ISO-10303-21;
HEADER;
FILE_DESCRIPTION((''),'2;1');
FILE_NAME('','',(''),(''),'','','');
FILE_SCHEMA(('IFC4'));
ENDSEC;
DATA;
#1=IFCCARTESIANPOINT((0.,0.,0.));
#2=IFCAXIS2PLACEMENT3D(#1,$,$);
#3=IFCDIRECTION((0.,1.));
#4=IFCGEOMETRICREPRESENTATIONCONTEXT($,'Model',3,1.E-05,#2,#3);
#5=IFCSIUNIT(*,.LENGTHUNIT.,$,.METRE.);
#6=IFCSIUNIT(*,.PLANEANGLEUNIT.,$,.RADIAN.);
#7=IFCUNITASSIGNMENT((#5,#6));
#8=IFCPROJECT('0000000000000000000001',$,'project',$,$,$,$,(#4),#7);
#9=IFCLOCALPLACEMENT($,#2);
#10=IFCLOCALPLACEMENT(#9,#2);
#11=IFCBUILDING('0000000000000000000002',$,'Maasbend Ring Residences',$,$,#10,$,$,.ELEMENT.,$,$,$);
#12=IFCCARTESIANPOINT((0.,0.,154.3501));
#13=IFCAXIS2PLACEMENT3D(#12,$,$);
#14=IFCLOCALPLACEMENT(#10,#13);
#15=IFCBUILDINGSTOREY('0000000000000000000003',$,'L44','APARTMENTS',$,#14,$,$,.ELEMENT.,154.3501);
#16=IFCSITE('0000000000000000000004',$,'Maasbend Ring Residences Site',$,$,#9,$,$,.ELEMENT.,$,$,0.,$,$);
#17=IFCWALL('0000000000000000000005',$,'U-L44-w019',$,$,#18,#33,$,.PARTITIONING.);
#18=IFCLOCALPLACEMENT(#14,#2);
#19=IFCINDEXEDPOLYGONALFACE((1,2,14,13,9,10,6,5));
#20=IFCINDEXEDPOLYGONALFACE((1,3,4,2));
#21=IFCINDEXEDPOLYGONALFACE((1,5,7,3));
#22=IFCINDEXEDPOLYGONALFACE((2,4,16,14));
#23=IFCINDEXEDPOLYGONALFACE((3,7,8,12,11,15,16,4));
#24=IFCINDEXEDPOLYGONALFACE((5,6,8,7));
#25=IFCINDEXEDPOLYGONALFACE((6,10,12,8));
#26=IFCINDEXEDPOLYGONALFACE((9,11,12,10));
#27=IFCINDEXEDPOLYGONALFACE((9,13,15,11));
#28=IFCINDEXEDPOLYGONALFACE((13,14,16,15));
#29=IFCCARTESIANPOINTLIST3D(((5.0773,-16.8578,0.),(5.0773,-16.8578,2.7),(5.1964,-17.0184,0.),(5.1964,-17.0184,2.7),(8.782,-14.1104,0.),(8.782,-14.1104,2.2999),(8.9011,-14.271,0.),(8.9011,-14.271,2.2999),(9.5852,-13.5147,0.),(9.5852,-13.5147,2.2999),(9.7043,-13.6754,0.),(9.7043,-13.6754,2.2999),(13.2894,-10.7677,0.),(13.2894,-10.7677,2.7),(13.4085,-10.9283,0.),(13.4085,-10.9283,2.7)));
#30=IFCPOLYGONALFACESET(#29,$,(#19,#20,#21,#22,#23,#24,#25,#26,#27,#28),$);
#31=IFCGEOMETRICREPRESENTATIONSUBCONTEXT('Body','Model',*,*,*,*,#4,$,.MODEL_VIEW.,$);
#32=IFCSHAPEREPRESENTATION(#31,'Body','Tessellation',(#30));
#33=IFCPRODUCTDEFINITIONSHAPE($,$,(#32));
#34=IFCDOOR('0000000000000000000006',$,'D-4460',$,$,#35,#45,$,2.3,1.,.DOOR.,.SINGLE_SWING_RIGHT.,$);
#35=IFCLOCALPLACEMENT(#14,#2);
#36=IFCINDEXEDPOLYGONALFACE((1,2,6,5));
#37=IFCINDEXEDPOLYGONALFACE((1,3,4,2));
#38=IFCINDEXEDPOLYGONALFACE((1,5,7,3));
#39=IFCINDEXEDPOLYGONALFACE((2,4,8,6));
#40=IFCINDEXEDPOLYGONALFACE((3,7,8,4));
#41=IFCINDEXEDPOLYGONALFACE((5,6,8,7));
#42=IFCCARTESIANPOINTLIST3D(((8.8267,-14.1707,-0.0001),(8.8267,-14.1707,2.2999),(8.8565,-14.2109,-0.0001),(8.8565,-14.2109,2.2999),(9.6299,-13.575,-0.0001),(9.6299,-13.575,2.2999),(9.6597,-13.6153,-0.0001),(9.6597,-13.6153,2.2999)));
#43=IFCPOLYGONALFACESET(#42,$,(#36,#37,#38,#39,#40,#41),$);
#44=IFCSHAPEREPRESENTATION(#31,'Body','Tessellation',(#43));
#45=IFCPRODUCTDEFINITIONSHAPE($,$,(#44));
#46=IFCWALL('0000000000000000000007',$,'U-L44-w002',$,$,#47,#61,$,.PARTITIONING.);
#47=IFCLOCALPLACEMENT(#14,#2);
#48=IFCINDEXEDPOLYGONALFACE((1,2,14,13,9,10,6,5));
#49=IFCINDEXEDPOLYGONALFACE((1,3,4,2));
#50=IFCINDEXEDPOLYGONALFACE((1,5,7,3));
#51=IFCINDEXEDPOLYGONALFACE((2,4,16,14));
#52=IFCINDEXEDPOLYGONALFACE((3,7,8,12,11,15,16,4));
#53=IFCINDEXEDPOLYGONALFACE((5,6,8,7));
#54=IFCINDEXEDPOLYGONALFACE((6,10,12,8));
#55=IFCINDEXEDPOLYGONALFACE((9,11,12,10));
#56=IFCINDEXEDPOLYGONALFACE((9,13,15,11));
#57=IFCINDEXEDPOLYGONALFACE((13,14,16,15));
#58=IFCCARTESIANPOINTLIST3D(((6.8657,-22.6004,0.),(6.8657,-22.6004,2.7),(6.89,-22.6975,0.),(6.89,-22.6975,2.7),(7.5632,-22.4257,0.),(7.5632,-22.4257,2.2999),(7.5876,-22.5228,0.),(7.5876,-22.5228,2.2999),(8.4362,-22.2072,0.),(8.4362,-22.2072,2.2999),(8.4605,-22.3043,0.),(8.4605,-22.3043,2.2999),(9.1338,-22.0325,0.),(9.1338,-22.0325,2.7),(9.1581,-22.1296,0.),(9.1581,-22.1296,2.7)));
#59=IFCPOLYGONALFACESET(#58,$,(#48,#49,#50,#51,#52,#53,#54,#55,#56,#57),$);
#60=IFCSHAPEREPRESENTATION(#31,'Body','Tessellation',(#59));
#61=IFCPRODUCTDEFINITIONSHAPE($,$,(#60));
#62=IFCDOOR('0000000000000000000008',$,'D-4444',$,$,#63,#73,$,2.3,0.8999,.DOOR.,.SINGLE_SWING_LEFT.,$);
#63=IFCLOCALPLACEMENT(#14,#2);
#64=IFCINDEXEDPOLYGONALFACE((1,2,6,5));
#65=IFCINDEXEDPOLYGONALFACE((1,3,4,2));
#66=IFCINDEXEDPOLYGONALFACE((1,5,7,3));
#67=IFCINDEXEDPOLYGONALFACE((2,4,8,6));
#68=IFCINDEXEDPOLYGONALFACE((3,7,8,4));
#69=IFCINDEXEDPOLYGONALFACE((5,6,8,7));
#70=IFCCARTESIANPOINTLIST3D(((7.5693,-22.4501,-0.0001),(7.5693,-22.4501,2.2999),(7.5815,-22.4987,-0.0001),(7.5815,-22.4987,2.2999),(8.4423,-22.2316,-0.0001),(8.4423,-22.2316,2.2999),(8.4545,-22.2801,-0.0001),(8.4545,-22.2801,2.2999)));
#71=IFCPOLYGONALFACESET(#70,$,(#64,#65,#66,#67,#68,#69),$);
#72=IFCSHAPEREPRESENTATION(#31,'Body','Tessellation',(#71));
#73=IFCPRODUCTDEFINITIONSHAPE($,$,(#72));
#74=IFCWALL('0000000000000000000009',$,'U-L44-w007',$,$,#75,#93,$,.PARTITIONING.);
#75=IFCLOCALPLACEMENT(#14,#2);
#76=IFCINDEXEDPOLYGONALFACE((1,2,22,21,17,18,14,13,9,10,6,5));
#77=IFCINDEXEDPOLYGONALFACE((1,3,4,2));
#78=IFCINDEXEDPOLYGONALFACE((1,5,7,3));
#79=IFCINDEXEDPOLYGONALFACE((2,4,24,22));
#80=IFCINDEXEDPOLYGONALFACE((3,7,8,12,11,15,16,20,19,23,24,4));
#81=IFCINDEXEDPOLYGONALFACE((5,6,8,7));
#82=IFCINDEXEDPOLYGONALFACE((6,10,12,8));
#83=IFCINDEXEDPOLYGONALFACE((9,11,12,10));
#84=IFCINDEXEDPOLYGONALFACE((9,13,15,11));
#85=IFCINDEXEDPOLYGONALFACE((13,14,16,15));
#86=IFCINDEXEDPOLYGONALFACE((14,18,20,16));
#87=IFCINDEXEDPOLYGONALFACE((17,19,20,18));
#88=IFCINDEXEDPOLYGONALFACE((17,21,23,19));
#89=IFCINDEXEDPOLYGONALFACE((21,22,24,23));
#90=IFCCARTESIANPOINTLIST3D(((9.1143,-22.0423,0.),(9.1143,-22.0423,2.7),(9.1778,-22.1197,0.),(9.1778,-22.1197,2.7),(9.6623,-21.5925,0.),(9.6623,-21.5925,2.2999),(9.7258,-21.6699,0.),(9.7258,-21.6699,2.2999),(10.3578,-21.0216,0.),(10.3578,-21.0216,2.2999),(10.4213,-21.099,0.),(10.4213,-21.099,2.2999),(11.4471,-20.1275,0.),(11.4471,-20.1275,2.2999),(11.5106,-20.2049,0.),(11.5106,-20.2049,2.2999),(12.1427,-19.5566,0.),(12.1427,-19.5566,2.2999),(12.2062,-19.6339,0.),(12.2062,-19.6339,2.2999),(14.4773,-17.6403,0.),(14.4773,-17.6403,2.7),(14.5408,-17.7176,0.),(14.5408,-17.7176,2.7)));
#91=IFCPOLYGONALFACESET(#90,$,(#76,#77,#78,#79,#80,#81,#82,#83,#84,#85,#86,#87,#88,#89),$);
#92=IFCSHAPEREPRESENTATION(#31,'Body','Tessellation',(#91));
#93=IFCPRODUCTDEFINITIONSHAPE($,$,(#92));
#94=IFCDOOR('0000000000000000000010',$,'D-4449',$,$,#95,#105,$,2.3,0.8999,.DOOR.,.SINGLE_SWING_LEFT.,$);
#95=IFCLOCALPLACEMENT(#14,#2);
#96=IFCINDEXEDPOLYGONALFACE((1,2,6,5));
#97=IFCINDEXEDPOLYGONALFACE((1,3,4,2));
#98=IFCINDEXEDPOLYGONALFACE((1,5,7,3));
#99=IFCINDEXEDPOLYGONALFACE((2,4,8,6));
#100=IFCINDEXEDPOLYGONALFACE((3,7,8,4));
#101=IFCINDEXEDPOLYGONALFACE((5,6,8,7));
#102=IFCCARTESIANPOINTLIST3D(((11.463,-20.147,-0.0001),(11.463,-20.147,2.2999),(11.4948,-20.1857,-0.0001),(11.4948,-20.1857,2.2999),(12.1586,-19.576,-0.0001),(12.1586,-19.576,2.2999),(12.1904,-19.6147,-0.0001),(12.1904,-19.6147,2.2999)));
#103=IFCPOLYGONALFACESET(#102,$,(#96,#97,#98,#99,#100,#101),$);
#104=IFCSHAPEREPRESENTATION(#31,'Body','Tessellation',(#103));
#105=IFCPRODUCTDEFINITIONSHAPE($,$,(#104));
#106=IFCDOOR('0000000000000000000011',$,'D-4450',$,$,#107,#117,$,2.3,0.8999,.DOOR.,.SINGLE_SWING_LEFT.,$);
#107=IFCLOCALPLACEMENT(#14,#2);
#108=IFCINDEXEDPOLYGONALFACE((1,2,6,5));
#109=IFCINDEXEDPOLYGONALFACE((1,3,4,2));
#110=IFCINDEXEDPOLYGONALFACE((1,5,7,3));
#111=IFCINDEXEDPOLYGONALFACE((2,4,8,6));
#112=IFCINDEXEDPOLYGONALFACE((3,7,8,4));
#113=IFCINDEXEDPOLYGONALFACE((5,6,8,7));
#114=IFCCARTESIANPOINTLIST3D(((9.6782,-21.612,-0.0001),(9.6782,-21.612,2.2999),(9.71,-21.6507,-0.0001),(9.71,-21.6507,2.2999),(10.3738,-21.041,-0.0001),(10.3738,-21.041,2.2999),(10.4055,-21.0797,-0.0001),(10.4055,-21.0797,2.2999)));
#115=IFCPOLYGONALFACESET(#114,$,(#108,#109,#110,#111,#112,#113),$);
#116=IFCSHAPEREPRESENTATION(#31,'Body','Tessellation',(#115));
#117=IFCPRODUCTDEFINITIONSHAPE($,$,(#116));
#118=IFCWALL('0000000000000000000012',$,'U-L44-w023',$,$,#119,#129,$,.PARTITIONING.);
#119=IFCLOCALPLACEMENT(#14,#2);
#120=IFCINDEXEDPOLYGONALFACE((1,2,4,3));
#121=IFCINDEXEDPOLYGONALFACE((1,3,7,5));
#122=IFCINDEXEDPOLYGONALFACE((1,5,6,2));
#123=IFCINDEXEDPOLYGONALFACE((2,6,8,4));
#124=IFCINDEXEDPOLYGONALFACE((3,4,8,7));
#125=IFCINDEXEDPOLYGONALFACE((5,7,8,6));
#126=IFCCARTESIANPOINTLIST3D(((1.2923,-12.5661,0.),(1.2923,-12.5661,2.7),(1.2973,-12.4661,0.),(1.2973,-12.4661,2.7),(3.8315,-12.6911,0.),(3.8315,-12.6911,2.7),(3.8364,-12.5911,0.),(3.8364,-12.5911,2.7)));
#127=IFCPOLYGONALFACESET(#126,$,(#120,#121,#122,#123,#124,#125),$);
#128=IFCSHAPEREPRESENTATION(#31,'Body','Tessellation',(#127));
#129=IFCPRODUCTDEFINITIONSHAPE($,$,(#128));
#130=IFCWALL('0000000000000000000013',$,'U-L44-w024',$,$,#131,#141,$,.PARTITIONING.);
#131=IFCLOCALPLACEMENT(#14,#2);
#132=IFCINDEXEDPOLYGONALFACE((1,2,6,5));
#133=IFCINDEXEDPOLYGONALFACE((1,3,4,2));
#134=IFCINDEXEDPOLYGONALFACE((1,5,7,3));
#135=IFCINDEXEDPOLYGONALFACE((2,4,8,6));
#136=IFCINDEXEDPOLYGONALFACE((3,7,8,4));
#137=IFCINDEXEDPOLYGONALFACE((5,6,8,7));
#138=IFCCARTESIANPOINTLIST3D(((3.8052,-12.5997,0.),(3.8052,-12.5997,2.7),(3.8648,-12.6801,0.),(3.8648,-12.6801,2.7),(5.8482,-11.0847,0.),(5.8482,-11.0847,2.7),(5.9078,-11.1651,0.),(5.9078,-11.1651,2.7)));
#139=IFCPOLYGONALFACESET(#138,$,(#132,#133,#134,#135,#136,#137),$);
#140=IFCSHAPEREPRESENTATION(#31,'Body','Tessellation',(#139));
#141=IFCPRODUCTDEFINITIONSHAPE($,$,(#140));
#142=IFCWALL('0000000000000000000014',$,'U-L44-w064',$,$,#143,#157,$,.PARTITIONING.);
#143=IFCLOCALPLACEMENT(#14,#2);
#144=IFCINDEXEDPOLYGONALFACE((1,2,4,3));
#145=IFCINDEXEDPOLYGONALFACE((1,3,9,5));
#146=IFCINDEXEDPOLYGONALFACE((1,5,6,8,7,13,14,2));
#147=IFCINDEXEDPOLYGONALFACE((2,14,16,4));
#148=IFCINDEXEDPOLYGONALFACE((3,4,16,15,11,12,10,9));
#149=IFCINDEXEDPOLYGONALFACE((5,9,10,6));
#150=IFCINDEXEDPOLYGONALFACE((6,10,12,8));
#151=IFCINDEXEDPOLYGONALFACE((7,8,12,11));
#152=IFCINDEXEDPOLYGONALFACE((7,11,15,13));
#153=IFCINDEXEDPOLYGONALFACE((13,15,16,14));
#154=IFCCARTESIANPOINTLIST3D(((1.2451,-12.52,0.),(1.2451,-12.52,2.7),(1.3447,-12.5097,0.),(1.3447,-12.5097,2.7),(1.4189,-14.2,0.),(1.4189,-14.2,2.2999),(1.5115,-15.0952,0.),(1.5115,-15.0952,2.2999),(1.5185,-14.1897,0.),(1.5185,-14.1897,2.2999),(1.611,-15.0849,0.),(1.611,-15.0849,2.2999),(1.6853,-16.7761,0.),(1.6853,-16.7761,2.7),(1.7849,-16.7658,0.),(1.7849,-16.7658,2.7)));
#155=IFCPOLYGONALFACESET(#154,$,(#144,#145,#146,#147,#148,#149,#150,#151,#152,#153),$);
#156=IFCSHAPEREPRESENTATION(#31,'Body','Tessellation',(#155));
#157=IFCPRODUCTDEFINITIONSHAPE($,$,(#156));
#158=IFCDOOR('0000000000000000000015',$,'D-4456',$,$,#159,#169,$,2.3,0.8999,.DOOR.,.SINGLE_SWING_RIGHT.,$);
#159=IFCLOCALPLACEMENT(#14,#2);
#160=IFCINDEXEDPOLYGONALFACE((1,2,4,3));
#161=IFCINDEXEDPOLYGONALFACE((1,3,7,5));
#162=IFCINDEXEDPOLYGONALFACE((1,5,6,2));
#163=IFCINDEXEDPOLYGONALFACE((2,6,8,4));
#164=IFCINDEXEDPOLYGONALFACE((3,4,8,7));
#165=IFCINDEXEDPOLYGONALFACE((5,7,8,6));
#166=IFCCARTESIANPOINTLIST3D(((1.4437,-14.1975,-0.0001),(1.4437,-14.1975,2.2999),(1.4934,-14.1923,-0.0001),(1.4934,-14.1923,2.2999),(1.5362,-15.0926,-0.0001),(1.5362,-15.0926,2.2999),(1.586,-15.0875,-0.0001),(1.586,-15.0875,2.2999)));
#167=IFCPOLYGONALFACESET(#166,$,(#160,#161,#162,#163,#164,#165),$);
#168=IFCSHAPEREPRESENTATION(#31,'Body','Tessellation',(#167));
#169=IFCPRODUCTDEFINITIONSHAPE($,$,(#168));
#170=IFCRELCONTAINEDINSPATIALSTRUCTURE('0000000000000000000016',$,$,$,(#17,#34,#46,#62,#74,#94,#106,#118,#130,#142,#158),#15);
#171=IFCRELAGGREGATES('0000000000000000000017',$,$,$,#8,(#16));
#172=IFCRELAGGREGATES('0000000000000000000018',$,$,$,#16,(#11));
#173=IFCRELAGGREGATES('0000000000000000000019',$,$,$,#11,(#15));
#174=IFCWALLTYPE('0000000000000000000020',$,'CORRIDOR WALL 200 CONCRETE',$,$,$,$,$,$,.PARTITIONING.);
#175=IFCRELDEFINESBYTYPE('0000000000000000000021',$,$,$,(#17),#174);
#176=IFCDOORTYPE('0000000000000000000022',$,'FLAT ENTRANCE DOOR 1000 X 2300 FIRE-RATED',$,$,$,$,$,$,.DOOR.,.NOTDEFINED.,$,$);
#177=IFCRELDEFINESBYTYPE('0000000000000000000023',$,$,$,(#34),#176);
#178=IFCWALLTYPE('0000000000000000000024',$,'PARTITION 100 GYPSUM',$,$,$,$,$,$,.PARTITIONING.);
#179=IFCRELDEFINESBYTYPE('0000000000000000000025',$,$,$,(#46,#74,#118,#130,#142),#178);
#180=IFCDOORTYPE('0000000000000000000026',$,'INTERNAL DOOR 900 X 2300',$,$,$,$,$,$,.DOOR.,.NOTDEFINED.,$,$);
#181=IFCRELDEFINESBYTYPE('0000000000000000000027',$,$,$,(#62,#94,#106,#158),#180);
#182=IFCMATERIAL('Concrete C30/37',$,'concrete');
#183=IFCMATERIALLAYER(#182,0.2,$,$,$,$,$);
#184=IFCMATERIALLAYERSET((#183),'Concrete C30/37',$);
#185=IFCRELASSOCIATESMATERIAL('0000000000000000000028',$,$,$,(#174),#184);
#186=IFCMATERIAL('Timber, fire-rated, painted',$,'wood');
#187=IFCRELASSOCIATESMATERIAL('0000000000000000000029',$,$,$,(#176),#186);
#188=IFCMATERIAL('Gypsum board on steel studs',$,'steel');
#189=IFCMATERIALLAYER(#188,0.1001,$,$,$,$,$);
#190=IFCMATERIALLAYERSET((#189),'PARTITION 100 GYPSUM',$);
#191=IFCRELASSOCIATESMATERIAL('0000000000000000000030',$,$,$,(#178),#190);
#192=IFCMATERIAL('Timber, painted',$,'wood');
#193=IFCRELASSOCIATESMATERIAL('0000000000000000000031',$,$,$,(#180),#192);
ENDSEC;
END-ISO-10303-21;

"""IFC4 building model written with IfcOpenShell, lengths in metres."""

from ifc_helpers import new_model, si_unit, direction, frame, frame_2d, origin, place, context, subcontext, project, spatial, rectangle, extrude, material, layer, layer_set, type_object, element, fill, save


model = new_model("IFC4")

# Units and contexts
model_context = context("Model", 3, precision=1e-05, world=origin(), true_north=direction((0.0, 1.0)))
body_context = subcontext(model_context, "Body", "Model", "MODEL_VIEW")
ifc_project = project(units=[si_unit("LENGTHUNIT", "METRE"), si_unit("PLANEANGLEUNIT", "RADIAN")], contexts=[model_context])

# Site, building, storey
site_placement = place(None, origin())
site = spatial("IfcSite", under=ifc_project, at=site_placement, Name="Maasbend Ring Residences Site", CompositionType="ELEMENT", RefElevation=0.0)
building_placement = place(site_placement, origin())
building = spatial("IfcBuilding", under=site, at=building_placement, Name="Maasbend Ring Residences", CompositionType="ELEMENT")
storey_placement = place(building_placement, frame((0.0, 0.0, 154.3501)))
storey = spatial("IfcBuildingStorey", under=building, at=storey_placement, Name="L44", Description="APARTMENTS", CompositionType="ELEMENT", Elevation=154.3501)

# Walls, openings, doors
ifc_material_1 = material(Name="Concrete C30/37", Category="concrete")
ifc_layer_1 = layer(ifc_material_1, 0.2)
ifc_layer_set_1 = layer_set([ifc_layer_1], Name="Concrete C30/37")
wall_type_1 = type_object("IfcWallType", Name="CORRIDOR WALL 200 CONCRETE", PredefinedType="PARTITIONING", material=ifc_layer_set_1)
ifc_material_2 = material(Name="Timber, fire-rated, painted", Category="wood")
door_type_1 = type_object("IfcDoorType", Name="FLAT ENTRANCE DOOR 1000 X 2300 FIRE-RATED", OperationType="NOTDEFINED", PredefinedType="DOOR", material=ifc_material_2)
wall_1_placement = place(storey_placement, frame((5.137, -16.938, 0.0), z_axis=(0.0, 0.0, 1.0), x_axis=(0.803229, 0.59567, 0.0)))
wall_1 = element("IfcWall", 1, at=wall_1_placement, inside=storey, type_object=wall_type_1, Name="U-L44-w019", PredefinedType="PARTITIONING", context=body_context, shape_type="SweptSolid", body=[
    extrude(rectangle(XDim=10.2239, YDim=0.2, at=frame_2d((5.1118, 0.0))), origin(), (0.0, 0.0, 1.0), 2.7),
])
opening_1_placement = place(wall_1_placement, frame((4.6121, 0.0, 0.0)))
opening_1 = element("IfcOpeningElement", 2, at=opening_1_placement, cuts=wall_1, PredefinedType="OPENING", context=body_context, shape_type="SweptSolid", body=[
    extrude(rectangle(XDim=1.0, YDim=2.3, at=frame_2d((0.5, 1.1499))), frame((0.0, 0.1099, 0.0), z_axis=(0.0, -1.0, 0.0), x_axis=(1.0, 0.0, 0.0)), (0.0, 0.0, 1.0), 0.22),
])
door_1_placement = place(opening_1_placement, origin())
door_1 = element("IfcDoor", 3, at=door_1_placement, inside=storey, type_object=door_type_1, Name="D-4460", OperationType="SINGLE_SWING_RIGHT", OverallHeight=2.3, OverallWidth=1.0, PredefinedType="DOOR", context=body_context, shape_type="SweptSolid", body=[
    extrude(rectangle(XDim=1.0, YDim=2.3, at=frame_2d((0.5, 1.1499))), frame((0.0, 0.0249, 0.0), z_axis=(0.0, -1.0, 0.0), x_axis=(1.0, 0.0, 0.0)), (0.0, 0.0, 1.0), 0.05),
])
fill(opening_1, door_1)
ifc_material_3 = material(Name="Gypsum board on steel studs", Category="steel")
ifc_layer_2 = layer(ifc_material_3, 0.1001)
ifc_layer_set_2 = layer_set([ifc_layer_2], Name="PARTITION 100 GYPSUM")
wall_type_2 = type_object("IfcWallType", Name="PARTITION 100 GYPSUM", PredefinedType="PARTITIONING", material=ifc_layer_set_2)
wall_2_placement = place(storey_placement, frame((6.8779, -22.6489, 0.0), z_axis=(0.0, 0.0, 1.0), x_axis=(0.970056, 0.24288, 0.0)))
wall_2 = element("IfcWall", 4, at=wall_2_placement, inside=storey, type_object=wall_type_2, Name="U-L44-w002", PredefinedType="PARTITIONING", context=body_context, shape_type="SweptSolid", body=[
    extrude(rectangle(XDim=2.3381, YDim=0.1001, at=frame_2d((1.1689, 0.0))), origin(), (0.0, 0.0, 1.0), 2.7),
])
opening_2_placement = place(wall_2_placement, frame((0.719, 0.0, 0.0)))
opening_2 = element("IfcOpeningElement", 5, at=opening_2_placement, cuts=wall_2, PredefinedType="OPENING", context=body_context, shape_type="SweptSolid", body=[
    extrude(rectangle(XDim=0.8999, YDim=2.3, at=frame_2d((0.45, 1.1499))), frame((0.0, 0.0601, 0.0), z_axis=(0.0, -1.0, 0.0), x_axis=(1.0, 0.0, 0.0)), (0.0, 0.0, 1.0), 0.1201),
])
ifc_material_4 = material(Name="Timber, painted", Category="wood")
door_type_2 = type_object("IfcDoorType", Name="INTERNAL DOOR 900 X 2300", OperationType="NOTDEFINED", PredefinedType="DOOR", material=ifc_material_4)
door_2_placement = place(opening_2_placement, origin())
door_2 = element("IfcDoor", 6, at=door_2_placement, inside=storey, type_object=door_type_2, Name="D-4444", OperationType="SINGLE_SWING_LEFT", OverallHeight=2.3, OverallWidth=0.8999, PredefinedType="DOOR", context=body_context, shape_type="SweptSolid", body=[
    extrude(rectangle(XDim=0.8999, YDim=2.3, at=frame_2d((0.45, 1.1499))), frame((0.0, 0.0249, 0.0), z_axis=(0.0, -1.0, 0.0), x_axis=(1.0, 0.0, 0.0)), (0.0, 0.0, 1.0), 0.05),
])
fill(opening_2, door_2)

# Wall, openings, doors
wall_3_placement = place(storey_placement, frame((9.146, -22.0811, 0.0), z_axis=(0.0, 0.0, 1.0), x_axis=(0.772956, 0.634459, 0.0)))
wall_3 = element("IfcWall", 7, at=wall_3_placement, inside=storey, type_object=wall_type_2, Name="U-L44-w007", PredefinedType="PARTITIONING", context=body_context, shape_type="SweptSolid", body=[
    extrude(rectangle(XDim=6.9382, YDim=0.1001, at=frame_2d((3.4692, 0.0))), origin(), (0.0, 0.0, 1.0), 2.7),
])
opening_3_placement = place(wall_3_placement, frame((3.0181, 0.0, 0.0)))
opening_3 = element("IfcOpeningElement", 8, at=opening_3_placement, cuts=wall_3, PredefinedType="OPENING", context=body_context, shape_type="SweptSolid", body=[
    extrude(rectangle(XDim=0.8999, YDim=2.3, at=frame_2d((0.45, 1.1499))), frame((0.0, 0.0601, 0.0), z_axis=(0.0, -1.0, 0.0), x_axis=(1.0, 0.0, 0.0)), (0.0, 0.0, 1.0), 0.1201),
])
opening_4_placement = place(wall_3_placement, frame((0.709, 0.0, 0.0)))
opening_4 = element("IfcOpeningElement", 9, at=opening_4_placement, cuts=wall_3, PredefinedType="OPENING", context=body_context, shape_type="SweptSolid", body=[
    extrude(rectangle(XDim=0.8999, YDim=2.3, at=frame_2d((0.45, 1.1499))), frame((0.0, 0.0601, 0.0), z_axis=(0.0, -1.0, 0.0), x_axis=(1.0, 0.0, 0.0)), (0.0, 0.0, 1.0), 0.1201),
])
door_3_placement = place(opening_3_placement, origin())
door_3 = element("IfcDoor", 10, at=door_3_placement, inside=storey, type_object=door_type_2, Name="D-4449", OperationType="SINGLE_SWING_LEFT", OverallHeight=2.3, OverallWidth=0.8999, PredefinedType="DOOR", context=body_context, shape_type="SweptSolid", body=[
    extrude(rectangle(XDim=0.8999, YDim=2.3, at=frame_2d((0.45, 1.1499))), frame((0.0, 0.0249, 0.0), z_axis=(0.0, -1.0, 0.0), x_axis=(1.0, 0.0, 0.0)), (0.0, 0.0, 1.0), 0.05),
])
fill(opening_3, door_3)
door_4_placement = place(opening_4_placement, origin())
door_4 = element("IfcDoor", 11, at=door_4_placement, inside=storey, type_object=door_type_2, Name="D-4450", OperationType="SINGLE_SWING_LEFT", OverallHeight=2.3, OverallWidth=0.8999, PredefinedType="DOOR", context=body_context, shape_type="SweptSolid", body=[
    extrude(rectangle(XDim=0.8999, YDim=2.3, at=frame_2d((0.45, 1.1499))), frame((0.0, 0.0249, 0.0), z_axis=(0.0, -1.0, 0.0), x_axis=(1.0, 0.0, 0.0)), (0.0, 0.0, 1.0), 0.05),
])
fill(opening_4, door_4)

# Walls
wall_4_placement = place(storey_placement, frame((1.2949, -12.5161, 0.0), z_axis=(0.0, 0.0, 1.0), x_axis=(0.99879, -0.049171, 0.0)))
element("IfcWall", 12, at=wall_4_placement, inside=storey, type_object=wall_type_2, Name="U-L44-w023", PredefinedType="PARTITIONING", context=body_context, shape_type="SweptSolid", body=[
    extrude(rectangle(XDim=2.5422, YDim=0.1001, at=frame_2d((1.271, 0.0))), origin(), (0.0, 0.0, 1.0), 2.7),
])
wall_5_placement = place(storey_placement, frame((3.835, -12.6399, 0.0), z_axis=(0.0, 0.0, 1.0), x_axis=(0.80326, 0.595629, 0.0)))
element("IfcWall", 13, at=wall_5_placement, inside=storey, type_object=wall_type_2, Name="U-L44-w024", PredefinedType="PARTITIONING", context=body_context, shape_type="SweptSolid", body=[
    extrude(rectangle(XDim=2.5435, YDim=0.1001, at=frame_2d((1.2717, 0.0))), origin(), (0.0, 0.0, 1.0), 2.7),
])

# Wall, opening, door
wall_6_placement = place(storey_placement, frame((1.2949, -12.5149, 0.0), z_axis=(0.0, 0.0, 1.0), x_axis=(0.102876, -0.994694, 0.0)))
wall_6 = element("IfcWall", 14, at=wall_6_placement, inside=storey, type_object=wall_type_2, Name="U-L44-w064", PredefinedType="PARTITIONING", context=body_context, shape_type="SweptSolid", body=[
    extrude(rectangle(XDim=4.2788, YDim=0.1001, at=frame_2d((2.1394, 0.0))), origin(), (0.0, 0.0, 1.0), 2.7),
])
opening_5_placement = place(wall_6_placement, frame((1.689, 0.0, 0.0)))
opening_5 = element("IfcOpeningElement", 15, at=opening_5_placement, cuts=wall_6, PredefinedType="OPENING", context=body_context, shape_type="SweptSolid", body=[
    extrude(rectangle(XDim=0.8999, YDim=2.3, at=frame_2d((0.45, 1.1499))), frame((0.0, 0.0601, 0.0), z_axis=(0.0, -1.0, 0.0), x_axis=(1.0, 0.0, 0.0)), (0.0, 0.0, 1.0), 0.1201),
])
door_5_placement = place(opening_5_placement, origin())
door_5 = element("IfcDoor", 16, at=door_5_placement, inside=storey, type_object=door_type_2, Name="D-4456", OperationType="SINGLE_SWING_RIGHT", OverallHeight=2.3, OverallWidth=0.8999, PredefinedType="DOOR", context=body_context, shape_type="SweptSolid", body=[
    extrude(rectangle(XDim=0.8999, YDim=2.3, at=frame_2d((0.45, 1.1499))), frame((0.0, 0.0249, 0.0), z_axis=(0.0, -1.0, 0.0), x_axis=(1.0, 0.0, 0.0)), (0.0, 0.0, 1.0), 0.05),
])
fill(opening_5, door_5)

save(model, "model.ifc")
